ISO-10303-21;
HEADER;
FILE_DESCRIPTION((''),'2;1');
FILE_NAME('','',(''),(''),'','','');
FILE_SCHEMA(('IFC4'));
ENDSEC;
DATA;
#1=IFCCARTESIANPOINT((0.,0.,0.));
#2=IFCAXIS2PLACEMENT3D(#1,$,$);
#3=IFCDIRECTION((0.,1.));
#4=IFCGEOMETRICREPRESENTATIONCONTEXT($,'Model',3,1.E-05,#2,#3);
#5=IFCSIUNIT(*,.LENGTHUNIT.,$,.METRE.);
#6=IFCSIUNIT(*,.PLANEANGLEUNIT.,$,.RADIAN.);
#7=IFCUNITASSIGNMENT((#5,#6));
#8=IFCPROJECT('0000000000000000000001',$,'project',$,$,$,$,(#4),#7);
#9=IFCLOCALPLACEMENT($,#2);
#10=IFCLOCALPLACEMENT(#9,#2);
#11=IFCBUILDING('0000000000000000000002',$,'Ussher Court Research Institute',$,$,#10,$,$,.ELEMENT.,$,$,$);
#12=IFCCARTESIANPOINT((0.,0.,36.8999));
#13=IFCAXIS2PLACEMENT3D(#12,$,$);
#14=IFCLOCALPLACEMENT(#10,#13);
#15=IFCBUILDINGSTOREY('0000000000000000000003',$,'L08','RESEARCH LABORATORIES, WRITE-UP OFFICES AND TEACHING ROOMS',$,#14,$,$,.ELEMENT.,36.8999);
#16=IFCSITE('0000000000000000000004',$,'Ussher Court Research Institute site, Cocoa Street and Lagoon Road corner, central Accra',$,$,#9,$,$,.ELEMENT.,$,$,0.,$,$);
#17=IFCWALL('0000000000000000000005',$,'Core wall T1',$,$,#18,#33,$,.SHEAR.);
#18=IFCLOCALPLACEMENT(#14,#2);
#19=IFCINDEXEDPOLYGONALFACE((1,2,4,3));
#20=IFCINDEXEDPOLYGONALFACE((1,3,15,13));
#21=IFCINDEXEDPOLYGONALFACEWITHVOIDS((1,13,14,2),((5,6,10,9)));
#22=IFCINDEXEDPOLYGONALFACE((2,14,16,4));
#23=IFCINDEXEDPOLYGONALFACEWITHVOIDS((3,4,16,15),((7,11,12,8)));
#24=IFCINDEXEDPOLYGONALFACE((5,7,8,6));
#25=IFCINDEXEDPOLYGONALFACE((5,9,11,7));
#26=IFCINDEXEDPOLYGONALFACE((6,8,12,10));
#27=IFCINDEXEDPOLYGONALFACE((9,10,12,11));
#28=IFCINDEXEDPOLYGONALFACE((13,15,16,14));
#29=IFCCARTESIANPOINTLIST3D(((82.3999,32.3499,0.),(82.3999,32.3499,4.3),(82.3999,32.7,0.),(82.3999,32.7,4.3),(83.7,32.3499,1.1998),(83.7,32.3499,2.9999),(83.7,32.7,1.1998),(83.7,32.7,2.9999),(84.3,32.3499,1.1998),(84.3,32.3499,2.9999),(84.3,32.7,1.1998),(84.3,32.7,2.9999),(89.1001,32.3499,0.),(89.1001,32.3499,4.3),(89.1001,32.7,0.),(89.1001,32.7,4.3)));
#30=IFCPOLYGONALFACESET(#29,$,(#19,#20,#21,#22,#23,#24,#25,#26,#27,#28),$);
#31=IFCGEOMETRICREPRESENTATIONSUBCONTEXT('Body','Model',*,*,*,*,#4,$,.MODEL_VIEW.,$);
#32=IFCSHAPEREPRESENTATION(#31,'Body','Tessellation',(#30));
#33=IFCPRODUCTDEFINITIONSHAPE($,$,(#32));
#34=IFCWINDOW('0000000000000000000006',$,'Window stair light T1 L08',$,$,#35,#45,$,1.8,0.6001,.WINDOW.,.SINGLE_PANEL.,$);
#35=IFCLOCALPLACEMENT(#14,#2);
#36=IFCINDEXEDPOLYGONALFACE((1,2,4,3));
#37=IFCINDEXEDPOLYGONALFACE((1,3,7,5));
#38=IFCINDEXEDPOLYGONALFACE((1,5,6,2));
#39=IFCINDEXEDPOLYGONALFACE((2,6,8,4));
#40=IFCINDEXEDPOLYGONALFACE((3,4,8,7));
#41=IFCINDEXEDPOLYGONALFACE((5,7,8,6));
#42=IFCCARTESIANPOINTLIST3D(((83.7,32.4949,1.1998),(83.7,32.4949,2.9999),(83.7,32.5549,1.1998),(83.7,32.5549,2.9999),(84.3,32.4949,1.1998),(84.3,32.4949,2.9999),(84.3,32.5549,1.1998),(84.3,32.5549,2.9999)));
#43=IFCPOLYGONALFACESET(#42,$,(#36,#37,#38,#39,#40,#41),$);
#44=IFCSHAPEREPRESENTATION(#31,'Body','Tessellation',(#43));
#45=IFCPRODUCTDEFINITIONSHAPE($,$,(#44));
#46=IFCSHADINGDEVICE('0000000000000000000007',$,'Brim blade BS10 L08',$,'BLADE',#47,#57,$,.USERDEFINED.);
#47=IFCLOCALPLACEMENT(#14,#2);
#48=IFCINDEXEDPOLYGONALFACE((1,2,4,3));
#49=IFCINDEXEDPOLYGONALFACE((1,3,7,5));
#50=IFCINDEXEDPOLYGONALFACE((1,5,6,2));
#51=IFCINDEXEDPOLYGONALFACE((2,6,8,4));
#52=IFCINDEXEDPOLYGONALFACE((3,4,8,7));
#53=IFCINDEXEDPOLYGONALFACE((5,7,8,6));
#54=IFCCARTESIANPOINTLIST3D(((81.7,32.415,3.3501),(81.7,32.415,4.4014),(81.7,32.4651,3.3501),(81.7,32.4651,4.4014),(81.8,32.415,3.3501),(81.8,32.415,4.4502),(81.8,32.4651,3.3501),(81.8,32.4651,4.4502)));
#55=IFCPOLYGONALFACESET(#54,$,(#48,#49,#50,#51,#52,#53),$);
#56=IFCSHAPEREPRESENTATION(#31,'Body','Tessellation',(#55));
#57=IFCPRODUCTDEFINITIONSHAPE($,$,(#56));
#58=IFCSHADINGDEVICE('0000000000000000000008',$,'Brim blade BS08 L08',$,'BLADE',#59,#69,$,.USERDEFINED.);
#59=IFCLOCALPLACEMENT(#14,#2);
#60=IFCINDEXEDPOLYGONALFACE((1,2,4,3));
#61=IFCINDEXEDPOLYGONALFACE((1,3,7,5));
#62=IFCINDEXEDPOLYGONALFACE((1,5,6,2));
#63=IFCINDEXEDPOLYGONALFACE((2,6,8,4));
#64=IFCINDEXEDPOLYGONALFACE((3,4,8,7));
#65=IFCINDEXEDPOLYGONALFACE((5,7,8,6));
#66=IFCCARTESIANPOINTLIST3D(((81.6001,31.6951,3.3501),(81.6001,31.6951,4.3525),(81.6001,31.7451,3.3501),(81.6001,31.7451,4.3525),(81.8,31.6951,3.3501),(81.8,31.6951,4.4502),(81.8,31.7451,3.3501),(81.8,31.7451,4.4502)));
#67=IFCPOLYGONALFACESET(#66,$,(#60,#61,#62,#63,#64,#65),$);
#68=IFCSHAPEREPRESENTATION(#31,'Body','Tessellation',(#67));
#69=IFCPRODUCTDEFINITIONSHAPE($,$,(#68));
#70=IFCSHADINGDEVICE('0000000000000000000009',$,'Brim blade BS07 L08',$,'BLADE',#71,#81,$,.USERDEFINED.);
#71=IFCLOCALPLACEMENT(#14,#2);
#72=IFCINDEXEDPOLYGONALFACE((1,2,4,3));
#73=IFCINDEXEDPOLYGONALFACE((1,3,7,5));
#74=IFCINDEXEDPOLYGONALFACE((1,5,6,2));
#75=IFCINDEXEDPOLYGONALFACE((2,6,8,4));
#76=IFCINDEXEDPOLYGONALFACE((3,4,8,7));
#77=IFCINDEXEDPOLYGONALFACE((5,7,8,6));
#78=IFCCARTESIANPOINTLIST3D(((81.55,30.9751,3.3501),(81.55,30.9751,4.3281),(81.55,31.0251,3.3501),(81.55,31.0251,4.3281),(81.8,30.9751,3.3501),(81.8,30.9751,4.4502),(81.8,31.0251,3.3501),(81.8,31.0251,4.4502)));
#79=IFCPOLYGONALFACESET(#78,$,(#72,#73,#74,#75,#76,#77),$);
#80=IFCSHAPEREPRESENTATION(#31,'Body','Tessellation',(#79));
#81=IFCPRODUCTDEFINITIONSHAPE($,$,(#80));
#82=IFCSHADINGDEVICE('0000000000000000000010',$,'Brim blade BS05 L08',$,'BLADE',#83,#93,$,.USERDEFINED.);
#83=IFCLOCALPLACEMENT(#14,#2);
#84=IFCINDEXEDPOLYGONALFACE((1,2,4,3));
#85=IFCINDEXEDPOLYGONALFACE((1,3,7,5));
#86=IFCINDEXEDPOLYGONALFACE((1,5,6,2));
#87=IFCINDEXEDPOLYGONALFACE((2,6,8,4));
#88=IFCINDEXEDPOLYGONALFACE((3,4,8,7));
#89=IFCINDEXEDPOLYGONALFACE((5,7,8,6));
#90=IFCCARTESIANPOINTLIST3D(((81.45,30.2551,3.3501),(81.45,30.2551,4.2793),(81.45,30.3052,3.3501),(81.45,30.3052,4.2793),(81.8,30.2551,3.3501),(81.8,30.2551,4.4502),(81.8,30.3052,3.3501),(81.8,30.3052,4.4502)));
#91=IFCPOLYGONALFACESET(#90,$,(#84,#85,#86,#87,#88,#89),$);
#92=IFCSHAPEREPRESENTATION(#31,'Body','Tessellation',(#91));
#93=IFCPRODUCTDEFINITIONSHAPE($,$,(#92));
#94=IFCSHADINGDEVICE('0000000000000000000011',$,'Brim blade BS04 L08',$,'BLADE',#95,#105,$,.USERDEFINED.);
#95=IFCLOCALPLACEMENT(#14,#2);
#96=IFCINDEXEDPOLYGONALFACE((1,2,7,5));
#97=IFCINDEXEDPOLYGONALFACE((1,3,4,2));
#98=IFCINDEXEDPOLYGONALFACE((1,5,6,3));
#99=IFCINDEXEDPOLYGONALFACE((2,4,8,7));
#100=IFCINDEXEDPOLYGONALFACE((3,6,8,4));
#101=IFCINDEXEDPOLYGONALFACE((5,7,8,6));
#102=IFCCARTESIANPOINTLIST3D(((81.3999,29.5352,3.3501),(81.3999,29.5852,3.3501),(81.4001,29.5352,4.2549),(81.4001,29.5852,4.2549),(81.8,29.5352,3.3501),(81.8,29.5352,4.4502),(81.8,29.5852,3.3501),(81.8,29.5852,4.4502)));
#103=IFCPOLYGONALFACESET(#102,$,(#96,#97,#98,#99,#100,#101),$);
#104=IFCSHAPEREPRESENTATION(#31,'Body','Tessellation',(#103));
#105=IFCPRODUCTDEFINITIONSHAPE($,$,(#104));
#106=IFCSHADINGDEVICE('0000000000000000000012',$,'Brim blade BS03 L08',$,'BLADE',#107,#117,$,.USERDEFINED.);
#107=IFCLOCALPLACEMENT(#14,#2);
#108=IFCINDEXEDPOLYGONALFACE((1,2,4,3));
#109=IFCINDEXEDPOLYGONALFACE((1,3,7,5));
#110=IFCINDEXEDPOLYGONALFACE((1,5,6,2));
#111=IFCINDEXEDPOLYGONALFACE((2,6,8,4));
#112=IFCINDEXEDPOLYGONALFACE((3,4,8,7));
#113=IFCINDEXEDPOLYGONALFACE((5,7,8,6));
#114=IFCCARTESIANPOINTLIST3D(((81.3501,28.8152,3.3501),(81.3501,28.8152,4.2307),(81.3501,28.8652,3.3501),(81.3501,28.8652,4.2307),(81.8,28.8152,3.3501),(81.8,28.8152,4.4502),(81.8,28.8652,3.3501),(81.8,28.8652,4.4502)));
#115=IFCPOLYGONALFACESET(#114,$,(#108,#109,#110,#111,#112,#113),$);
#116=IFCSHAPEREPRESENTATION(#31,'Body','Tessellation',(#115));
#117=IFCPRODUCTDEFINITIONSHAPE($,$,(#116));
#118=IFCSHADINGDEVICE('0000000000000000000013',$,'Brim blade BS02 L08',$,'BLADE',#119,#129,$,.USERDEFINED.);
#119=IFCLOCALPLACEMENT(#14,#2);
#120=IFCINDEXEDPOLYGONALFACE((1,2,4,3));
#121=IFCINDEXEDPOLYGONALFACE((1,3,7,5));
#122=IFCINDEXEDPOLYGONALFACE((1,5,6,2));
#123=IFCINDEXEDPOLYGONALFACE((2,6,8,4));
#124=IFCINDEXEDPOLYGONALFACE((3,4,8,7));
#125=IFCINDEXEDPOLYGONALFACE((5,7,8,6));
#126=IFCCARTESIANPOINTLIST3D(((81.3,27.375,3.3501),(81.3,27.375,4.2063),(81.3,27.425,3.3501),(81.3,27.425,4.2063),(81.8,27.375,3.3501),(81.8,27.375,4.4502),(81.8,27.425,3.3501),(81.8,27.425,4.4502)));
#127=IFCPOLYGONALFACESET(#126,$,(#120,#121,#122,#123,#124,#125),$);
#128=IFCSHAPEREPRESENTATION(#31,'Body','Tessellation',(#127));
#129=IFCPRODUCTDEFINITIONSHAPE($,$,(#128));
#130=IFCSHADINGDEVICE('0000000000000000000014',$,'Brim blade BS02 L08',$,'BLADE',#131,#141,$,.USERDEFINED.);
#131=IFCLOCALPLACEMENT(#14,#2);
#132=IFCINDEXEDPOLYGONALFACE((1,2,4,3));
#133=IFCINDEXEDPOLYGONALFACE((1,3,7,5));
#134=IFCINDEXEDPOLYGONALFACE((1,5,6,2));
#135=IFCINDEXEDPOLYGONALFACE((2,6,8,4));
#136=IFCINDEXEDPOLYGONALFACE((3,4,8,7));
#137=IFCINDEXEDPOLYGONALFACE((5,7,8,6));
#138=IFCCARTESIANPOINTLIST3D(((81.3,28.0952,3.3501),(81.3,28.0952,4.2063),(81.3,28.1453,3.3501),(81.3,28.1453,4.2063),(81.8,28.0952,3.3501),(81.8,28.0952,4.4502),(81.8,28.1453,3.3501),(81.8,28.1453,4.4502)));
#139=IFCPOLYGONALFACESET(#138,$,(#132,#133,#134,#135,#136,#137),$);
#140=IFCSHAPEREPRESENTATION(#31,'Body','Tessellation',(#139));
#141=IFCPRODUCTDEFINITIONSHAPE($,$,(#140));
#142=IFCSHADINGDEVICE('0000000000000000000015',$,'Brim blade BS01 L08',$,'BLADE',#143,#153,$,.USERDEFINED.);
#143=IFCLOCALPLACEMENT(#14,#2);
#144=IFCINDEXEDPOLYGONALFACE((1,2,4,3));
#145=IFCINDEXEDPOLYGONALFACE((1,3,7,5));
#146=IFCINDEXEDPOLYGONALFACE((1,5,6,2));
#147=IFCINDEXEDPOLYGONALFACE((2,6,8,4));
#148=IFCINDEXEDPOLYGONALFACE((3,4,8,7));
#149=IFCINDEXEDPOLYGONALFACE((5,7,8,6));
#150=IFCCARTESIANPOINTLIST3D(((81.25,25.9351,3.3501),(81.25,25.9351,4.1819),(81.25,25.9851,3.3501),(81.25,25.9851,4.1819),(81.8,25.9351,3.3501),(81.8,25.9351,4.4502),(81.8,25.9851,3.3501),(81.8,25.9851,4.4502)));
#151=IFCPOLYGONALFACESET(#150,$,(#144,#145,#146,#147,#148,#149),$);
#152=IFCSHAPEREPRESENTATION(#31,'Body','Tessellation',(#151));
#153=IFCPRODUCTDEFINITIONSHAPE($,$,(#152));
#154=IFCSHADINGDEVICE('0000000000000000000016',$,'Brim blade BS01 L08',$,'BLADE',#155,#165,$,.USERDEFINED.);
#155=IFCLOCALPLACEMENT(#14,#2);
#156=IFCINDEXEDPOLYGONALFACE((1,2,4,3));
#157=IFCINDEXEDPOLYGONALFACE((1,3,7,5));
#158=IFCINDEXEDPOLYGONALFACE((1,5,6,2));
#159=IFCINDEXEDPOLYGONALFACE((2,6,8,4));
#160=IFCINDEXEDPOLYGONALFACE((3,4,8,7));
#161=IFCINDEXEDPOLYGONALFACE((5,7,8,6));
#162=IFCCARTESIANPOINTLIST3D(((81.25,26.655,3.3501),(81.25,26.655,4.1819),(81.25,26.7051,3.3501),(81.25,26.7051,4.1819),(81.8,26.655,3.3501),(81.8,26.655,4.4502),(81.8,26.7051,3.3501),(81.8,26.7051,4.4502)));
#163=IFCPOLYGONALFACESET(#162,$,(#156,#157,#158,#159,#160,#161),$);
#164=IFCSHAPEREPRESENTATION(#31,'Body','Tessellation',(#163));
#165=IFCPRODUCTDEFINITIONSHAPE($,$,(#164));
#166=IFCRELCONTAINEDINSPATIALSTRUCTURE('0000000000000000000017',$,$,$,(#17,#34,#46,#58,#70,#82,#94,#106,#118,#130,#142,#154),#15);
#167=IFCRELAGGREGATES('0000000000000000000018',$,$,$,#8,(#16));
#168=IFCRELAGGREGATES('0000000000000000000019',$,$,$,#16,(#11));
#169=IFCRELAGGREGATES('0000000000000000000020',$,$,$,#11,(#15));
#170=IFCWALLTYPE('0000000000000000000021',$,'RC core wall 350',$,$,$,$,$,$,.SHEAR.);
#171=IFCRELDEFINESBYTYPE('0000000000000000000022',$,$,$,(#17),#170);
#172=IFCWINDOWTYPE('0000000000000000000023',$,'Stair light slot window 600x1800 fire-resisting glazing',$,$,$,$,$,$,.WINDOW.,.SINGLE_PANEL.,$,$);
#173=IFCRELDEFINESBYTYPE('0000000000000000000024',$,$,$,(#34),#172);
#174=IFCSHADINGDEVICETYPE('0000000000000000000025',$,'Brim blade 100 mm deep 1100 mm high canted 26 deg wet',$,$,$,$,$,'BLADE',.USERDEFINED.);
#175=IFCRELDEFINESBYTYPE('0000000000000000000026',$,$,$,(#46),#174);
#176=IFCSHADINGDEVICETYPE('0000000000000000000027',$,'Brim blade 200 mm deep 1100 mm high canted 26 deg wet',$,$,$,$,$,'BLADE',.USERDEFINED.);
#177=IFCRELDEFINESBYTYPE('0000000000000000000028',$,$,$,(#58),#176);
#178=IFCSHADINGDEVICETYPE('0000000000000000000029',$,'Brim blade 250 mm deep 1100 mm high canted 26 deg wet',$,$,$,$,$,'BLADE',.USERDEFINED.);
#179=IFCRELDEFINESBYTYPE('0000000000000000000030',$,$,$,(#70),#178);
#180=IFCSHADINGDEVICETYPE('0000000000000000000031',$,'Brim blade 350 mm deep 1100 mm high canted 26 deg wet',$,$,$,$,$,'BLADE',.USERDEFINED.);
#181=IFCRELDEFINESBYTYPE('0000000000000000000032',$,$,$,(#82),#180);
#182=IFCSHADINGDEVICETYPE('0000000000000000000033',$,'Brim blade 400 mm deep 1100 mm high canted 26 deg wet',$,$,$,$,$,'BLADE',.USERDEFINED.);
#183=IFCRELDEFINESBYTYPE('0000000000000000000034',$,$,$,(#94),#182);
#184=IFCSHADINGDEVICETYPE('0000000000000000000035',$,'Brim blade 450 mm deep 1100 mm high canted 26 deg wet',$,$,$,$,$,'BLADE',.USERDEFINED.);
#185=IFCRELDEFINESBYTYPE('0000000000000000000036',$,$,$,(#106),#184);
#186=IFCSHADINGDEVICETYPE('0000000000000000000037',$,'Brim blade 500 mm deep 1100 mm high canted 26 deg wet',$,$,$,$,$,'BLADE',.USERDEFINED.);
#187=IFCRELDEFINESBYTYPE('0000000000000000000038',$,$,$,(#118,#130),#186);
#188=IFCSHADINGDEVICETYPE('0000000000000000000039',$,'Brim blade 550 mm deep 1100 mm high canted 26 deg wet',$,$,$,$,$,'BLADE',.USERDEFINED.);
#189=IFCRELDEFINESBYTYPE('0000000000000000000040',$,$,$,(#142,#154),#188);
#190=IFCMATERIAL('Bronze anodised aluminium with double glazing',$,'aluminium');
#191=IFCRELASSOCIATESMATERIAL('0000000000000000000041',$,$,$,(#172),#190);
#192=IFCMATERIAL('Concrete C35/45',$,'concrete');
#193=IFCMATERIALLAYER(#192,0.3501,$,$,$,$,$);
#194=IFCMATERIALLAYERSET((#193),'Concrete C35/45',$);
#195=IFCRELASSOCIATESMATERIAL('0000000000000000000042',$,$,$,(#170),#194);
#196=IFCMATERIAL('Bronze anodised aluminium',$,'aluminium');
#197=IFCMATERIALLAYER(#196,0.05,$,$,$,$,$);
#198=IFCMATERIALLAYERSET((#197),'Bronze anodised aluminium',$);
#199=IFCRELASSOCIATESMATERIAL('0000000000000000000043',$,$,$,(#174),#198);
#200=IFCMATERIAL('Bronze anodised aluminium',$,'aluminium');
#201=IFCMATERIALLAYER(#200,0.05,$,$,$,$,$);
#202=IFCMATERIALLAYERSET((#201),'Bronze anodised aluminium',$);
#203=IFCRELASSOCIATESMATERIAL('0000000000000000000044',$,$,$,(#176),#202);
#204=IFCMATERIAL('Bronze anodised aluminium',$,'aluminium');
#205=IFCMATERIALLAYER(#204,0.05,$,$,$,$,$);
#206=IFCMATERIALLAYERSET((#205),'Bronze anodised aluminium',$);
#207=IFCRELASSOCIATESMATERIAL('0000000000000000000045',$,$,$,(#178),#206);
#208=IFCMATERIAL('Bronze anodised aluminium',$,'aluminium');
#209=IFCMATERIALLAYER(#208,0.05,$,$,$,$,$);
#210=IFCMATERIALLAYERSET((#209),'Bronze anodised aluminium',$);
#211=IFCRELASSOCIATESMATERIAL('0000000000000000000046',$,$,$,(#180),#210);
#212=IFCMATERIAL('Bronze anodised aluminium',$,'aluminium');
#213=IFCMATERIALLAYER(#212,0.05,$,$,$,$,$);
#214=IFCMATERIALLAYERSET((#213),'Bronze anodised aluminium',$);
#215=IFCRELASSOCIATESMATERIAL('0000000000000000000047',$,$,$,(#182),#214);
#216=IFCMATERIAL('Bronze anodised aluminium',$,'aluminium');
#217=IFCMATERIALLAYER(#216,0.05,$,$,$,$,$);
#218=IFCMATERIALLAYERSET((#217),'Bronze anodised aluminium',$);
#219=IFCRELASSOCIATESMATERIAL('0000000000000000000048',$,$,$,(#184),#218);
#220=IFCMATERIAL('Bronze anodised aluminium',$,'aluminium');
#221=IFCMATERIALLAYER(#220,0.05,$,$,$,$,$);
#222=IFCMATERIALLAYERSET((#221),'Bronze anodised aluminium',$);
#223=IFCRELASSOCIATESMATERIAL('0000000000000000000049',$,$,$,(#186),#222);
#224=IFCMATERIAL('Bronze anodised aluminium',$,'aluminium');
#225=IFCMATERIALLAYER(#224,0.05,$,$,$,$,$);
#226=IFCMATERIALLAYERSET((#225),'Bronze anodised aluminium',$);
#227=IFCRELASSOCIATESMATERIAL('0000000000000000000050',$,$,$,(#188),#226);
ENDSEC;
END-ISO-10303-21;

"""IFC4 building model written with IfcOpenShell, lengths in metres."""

from ifc_helpers import new_model, si_unit, direction, frame, frame_2d, origin, place, context, subcontext, project, spatial, polyline, rectangle, outline, extrude, material, layer, layer_set, type_object, element, fill, save


model = new_model("IFC4")

# Units and contexts
model_context = context("Model", 3, precision=1e-05, world=origin(), true_north=direction((0.0, 1.0)))
body_context = subcontext(model_context, "Body", "Model", "MODEL_VIEW")
ifc_project = project(units=[si_unit("LENGTHUNIT", "METRE"), si_unit("PLANEANGLEUNIT", "RADIAN")], contexts=[model_context])

# Site, building, storey
site_placement = place(None, origin())
site = spatial("IfcSite", under=ifc_project, at=site_placement, Name="Ussher Court Research Institute site, Cocoa Street and Lagoon Road corner, central Accra", CompositionType="ELEMENT", RefElevation=0.0)
building_placement = place(site_placement, origin())
building = spatial("IfcBuilding", under=site, at=building_placement, Name="Ussher Court Research Institute", CompositionType="ELEMENT")
storey_placement = place(building_placement, frame((0.0, 0.0, 36.8999)))
storey = spatial("IfcBuildingStorey", under=building, at=storey_placement, Name="L08", Description="RESEARCH LABORATORIES, WRITE-UP OFFICES AND TEACHING ROOMS", CompositionType="ELEMENT", Elevation=36.8999)

# Shared definitions
ifc_material_1 = material(Name="Bronze anodised aluminium with double glazing", Category="aluminium")
window_type = type_object("IfcWindowType", Name="Stair light slot window 600x1800 fire-resisting glazing", PartitioningType="SINGLE_PANEL", PredefinedType="WINDOW", material=ifc_material_1)

# Shared definitions
ifc_material_2 = material(Name="Concrete C35/45", Category="concrete")
ifc_layer_1 = layer(ifc_material_2, 0.3501)
ifc_layer_set_1 = layer_set([ifc_layer_1], Name="Concrete C35/45")
wall_type_1 = type_object("IfcWallType", Name="RC core wall 350", PredefinedType="SHEAR", material=ifc_layer_set_1)

# Wall, opening, window
wall_1_placement = place(storey_placement, frame((82.3999, 32.5249, 0.0), z_axis=(0.0, 0.0, 1.0), x_axis=(1.0, 0.0, 0.0)))
wall_1 = element("IfcWall", 1, at=wall_1_placement, inside=storey, type_object=wall_type_1, Name="Core wall T1", PredefinedType="SHEAR", context=body_context, shape_type="SweptSolid", body=[
    extrude(rectangle(XDim=6.7002, YDim=0.3501, at=frame_2d((3.3501, 0.0))), origin(), (0.0, 0.0, 1.0), 4.3),
])
opening_1_placement = place(wall_1_placement, frame((1.3, 0.0, 1.2)))
opening_1 = element("IfcOpeningElement", 2, at=opening_1_placement, cuts=wall_1, PredefinedType="OPENING", context=body_context, shape_type="SweptSolid", body=[
    extrude(rectangle(XDim=0.6001, YDim=1.8, at=frame_2d((0.3, 0.8999))), frame((0.0, 0.1851, 0.0), z_axis=(0.0, -1.0, 0.0), x_axis=(1.0, 0.0, 0.0)), (0.0, 0.0, 1.0), 0.3701),
])
window_1_placement = place(opening_1_placement, origin())
window_1 = element("IfcWindow", 3, at=window_1_placement, inside=storey, type_object=window_type, Name="Window stair light T1 L08", OverallHeight=1.8, OverallWidth=0.6001, PartitioningType="SINGLE_PANEL", PredefinedType="WINDOW", context=body_context, shape_type="SweptSolid", body=[
    extrude(rectangle(XDim=0.6001, YDim=1.8, at=frame_2d((0.3, 0.8999))), frame((0.0, 0.03, 0.0), z_axis=(0.0, -1.0, 0.0), x_axis=(1.0, 0.0, 0.0)), (0.0, 0.0, 1.0), 0.0601),
])
fill(opening_1, window_1)

# Shading devices
ifc_material_3 = material(Name="Bronze anodised aluminium", Category="aluminium")
ifc_layer_2 = layer(ifc_material_3, 0.05)
ifc_layer_set_2 = layer_set([ifc_layer_2], Name="Bronze anodised aluminium")
shading_device_type_1 = type_object("IfcShadingDeviceType", Name="Brim blade 100 mm deep 1100 mm high canted 26 deg wet", ElementType="BLADE", PredefinedType="USERDEFINED", material=ifc_layer_set_2)
shading_device_1_placement = place(storey_placement, frame((81.8, 32.4399, 3.3501), z_axis=(0.0, 0.0, 1.0), x_axis=(-1.0, 0.0, 0.0)))
element("IfcShadingDevice", 4, at=shading_device_1_placement, inside=storey, type_object=shading_device_type_1, Name="Brim blade BS10 L08", ObjectType="BLADE", PredefinedType="USERDEFINED", context=body_context, shape_type="SweptSolid", body=[
    extrude(outline(polyline([(0.0, 0.0), (0.1001, 0.0), (0.1001, 1.0513), (0.0, 1.1001), (0.0, 0.0)])), frame((0.0, 0.0249, 0.0), z_axis=(0.0, -1.0, 0.0), x_axis=(1.0, 0.0, 0.0)), (0.0, 0.0, 1.0), 0.05),
])
ifc_material_4 = material(Name="Bronze anodised aluminium", Category="aluminium")
ifc_layer_3 = layer(ifc_material_4, 0.05)
ifc_layer_set_3 = layer_set([ifc_layer_3], Name="Bronze anodised aluminium")
shading_device_type_2 = type_object("IfcShadingDeviceType", Name="Brim blade 200 mm deep 1100 mm high canted 26 deg wet", ElementType="BLADE", PredefinedType="USERDEFINED", material=ifc_layer_set_3)
shading_device_2_placement = place(storey_placement, frame((81.8, 31.72, 3.3501), z_axis=(0.0, 0.0, 1.0), x_axis=(-1.0, 0.0, 0.0)))
element("IfcShadingDevice", 5, at=shading_device_2_placement, inside=storey, type_object=shading_device_type_2, Name="Brim blade BS08 L08", ObjectType="BLADE", PredefinedType="USERDEFINED", context=body_context, shape_type="SweptSolid", body=[
    extrude(outline(polyline([(0.0, 0.0), (0.2, 0.0), (0.2, 1.0024), (0.0, 1.1001), (0.0, 0.0)])), frame((0.0, 0.0249, 0.0), z_axis=(0.0, -1.0, 0.0), x_axis=(1.0, 0.0, 0.0)), (0.0, 0.0, 1.0), 0.05),
])
ifc_material_5 = material(Name="Bronze anodised aluminium", Category="aluminium")
ifc_layer_4 = layer(ifc_material_5, 0.05)
ifc_layer_set_4 = layer_set([ifc_layer_4], Name="Bronze anodised aluminium")
shading_device_type_3 = type_object("IfcShadingDeviceType", Name="Brim blade 250 mm deep 1100 mm high canted 26 deg wet", ElementType="BLADE", PredefinedType="USERDEFINED", material=ifc_layer_set_4)
shading_device_3_placement = place(storey_placement, frame((81.8, 31.0, 3.3501), z_axis=(0.0, 0.0, 1.0), x_axis=(-1.0, 0.0, 0.0)))
element("IfcShadingDevice", 6, at=shading_device_3_placement, inside=storey, type_object=shading_device_type_3, Name="Brim blade BS07 L08", ObjectType="BLADE", PredefinedType="USERDEFINED", context=body_context, shape_type="SweptSolid", body=[
    extrude(outline(polyline([(0.0, 0.0), (0.25, 0.0), (0.25, 0.978), (0.0, 1.1001), (0.0, 0.0)])), frame((0.0, 0.0249, 0.0), z_axis=(0.0, -1.0, 0.0), x_axis=(1.0, 0.0, 0.0)), (0.0, 0.0, 1.0), 0.05),
])
ifc_material_6 = material(Name="Bronze anodised aluminium", Category="aluminium")
ifc_layer_5 = layer(ifc_material_6, 0.05)
ifc_layer_set_5 = layer_set([ifc_layer_5], Name="Bronze anodised aluminium")
shading_device_type_4 = type_object("IfcShadingDeviceType", Name="Brim blade 350 mm deep 1100 mm high canted 26 deg wet", ElementType="BLADE", PredefinedType="USERDEFINED", material=ifc_layer_set_5)
shading_device_4_placement = place(storey_placement, frame((81.8, 30.28, 3.3501), z_axis=(0.0, 0.0, 1.0), x_axis=(-1.0, 0.0, 0.0)))
element("IfcShadingDevice", 7, at=shading_device_4_placement, inside=storey, type_object=shading_device_type_4, Name="Brim blade BS05 L08", ObjectType="BLADE", PredefinedType="USERDEFINED", context=body_context, shape_type="SweptSolid", body=[
    extrude(outline(polyline([(0.0, 0.0), (0.3501, 0.0), (0.3501, 0.9292), (0.0, 1.1001), (0.0, 0.0)])), frame((0.0, 0.0249, 0.0), z_axis=(0.0, -1.0, 0.0), x_axis=(1.0, 0.0, 0.0)), (0.0, 0.0, 1.0), 0.05),
])
ifc_material_7 = material(Name="Bronze anodised aluminium", Category="aluminium")
ifc_layer_6 = layer(ifc_material_7, 0.05)
ifc_layer_set_6 = layer_set([ifc_layer_6], Name="Bronze anodised aluminium")
shading_device_type_5 = type_object("IfcShadingDeviceType", Name="Brim blade 400 mm deep 1100 mm high canted 26 deg wet", ElementType="BLADE", PredefinedType="USERDEFINED", material=ifc_layer_set_6)
shading_device_5_placement = place(storey_placement, frame((81.8, 29.5601, 3.3501), z_axis=(0.0, 0.0, 1.0), x_axis=(-1.0, 0.0, 0.0)))
element("IfcShadingDevice", 8, at=shading_device_5_placement, inside=storey, type_object=shading_device_type_5, Name="Brim blade BS04 L08", ObjectType="BLADE", PredefinedType="USERDEFINED", context=body_context, shape_type="SweptSolid", body=[
    extrude(outline(polyline([(0.0, 0.0), (0.4001, 0.0), (0.3999, 0.9048), (0.0, 1.1001), (0.0, 0.0)])), frame((0.0, 0.0249, 0.0), z_axis=(0.0, -1.0, 0.0), x_axis=(1.0, 0.0, 0.0)), (0.0, 0.0, 1.0), 0.05),
])
ifc_material_8 = material(Name="Bronze anodised aluminium", Category="aluminium")
ifc_layer_7 = layer(ifc_material_8, 0.05)
ifc_layer_set_7 = layer_set([ifc_layer_7], Name="Bronze anodised aluminium")
shading_device_type_6 = type_object("IfcShadingDeviceType", Name="Brim blade 450 mm deep 1100 mm high canted 26 deg wet", ElementType="BLADE", PredefinedType="USERDEFINED", material=ifc_layer_set_7)
shading_device_6_placement = place(storey_placement, frame((81.8, 28.8401, 3.3501), z_axis=(0.0, 0.0, 1.0), x_axis=(-1.0, 0.0, 0.0)))
element("IfcShadingDevice", 9, at=shading_device_6_placement, inside=storey, type_object=shading_device_type_6, Name="Brim blade BS03 L08", ObjectType="BLADE", PredefinedType="USERDEFINED", context=body_context, shape_type="SweptSolid", body=[
    extrude(outline(polyline([(0.0, 0.0), (0.45, 0.0), (0.45, 0.8806), (0.0, 1.1001), (0.0, 0.0)])), frame((0.0, 0.0249, 0.0), z_axis=(0.0, -1.0, 0.0), x_axis=(1.0, 0.0, 0.0)), (0.0, 0.0, 1.0), 0.05),
])
ifc_material_9 = material(Name="Bronze anodised aluminium", Category="aluminium")
ifc_layer_8 = layer(ifc_material_9, 0.05)
ifc_layer_set_8 = layer_set([ifc_layer_8], Name="Bronze anodised aluminium")
shading_device_type_7 = type_object("IfcShadingDeviceType", Name="Brim blade 500 mm deep 1100 mm high canted 26 deg wet", ElementType="BLADE", PredefinedType="USERDEFINED", material=ifc_layer_set_8)
for number, where, z_axis, x_axis, name in (
    (10, (81.8, 27.3999, 3.3501), (0.0, 0.0, 1.0), (-1.0, 0.0, 0.0), "Brim blade BS02 L08"),
    (11, (81.8, 28.1201, 3.3501), (0.0, 0.0, 1.0), (-1.0, 0.0, 0.0), "Brim blade BS02 L08"),
):
    element("IfcShadingDevice", number, at=place(storey_placement, frame(where, z_axis=z_axis, x_axis=x_axis)), inside=storey, type_object=shading_device_type_7, Name=name, ObjectType="BLADE", PredefinedType="USERDEFINED", context=body_context, shape_type="SweptSolid", body=[
        extrude(outline(polyline([(0.0, 0.0), (0.5, 0.0), (0.5, 0.8562), (0.0, 1.1001), (0.0, 0.0)])), frame((0.0, 0.0249, 0.0), z_axis=(0.0, -1.0, 0.0), x_axis=(1.0, 0.0, 0.0)), (0.0, 0.0, 1.0), 0.05),
    ])
ifc_material_10 = material(Name="Bronze anodised aluminium", Category="aluminium")
ifc_layer_9 = layer(ifc_material_10, 0.05)
ifc_layer_set_9 = layer_set([ifc_layer_9], Name="Bronze anodised aluminium")
shading_device_type_8 = type_object("IfcShadingDeviceType", Name="Brim blade 550 mm deep 1100 mm high canted 26 deg wet", ElementType="BLADE", PredefinedType="USERDEFINED", material=ifc_layer_set_9)
for number, where, z_axis, x_axis, name in (
    (12, (81.8, 25.96, 3.3501), (0.0, 0.0, 1.0), (-1.0, 0.0, 0.0), "Brim blade BS01 L08"),
    (13, (81.8, 26.6799, 3.3501), (0.0, 0.0, 1.0), (-1.0, 0.0, 0.0), "Brim blade BS01 L08"),
):
    element("IfcShadingDevice", number, at=place(storey_placement, frame(where, z_axis=z_axis, x_axis=x_axis)), inside=storey, type_object=shading_device_type_8, Name=name, ObjectType="BLADE", PredefinedType="USERDEFINED", context=body_context, shape_type="SweptSolid", body=[
        extrude(outline(polyline([(0.0, 0.0), (0.55, 0.0), (0.55, 0.8318), (0.0, 1.1001), (0.0, 0.0)])), frame((0.0, 0.0249, 0.0), z_axis=(0.0, -1.0, 0.0), x_axis=(1.0, 0.0, 0.0)), (0.0, 0.0, 1.0), 0.05),
    ])

save(model, "model.ifc")
